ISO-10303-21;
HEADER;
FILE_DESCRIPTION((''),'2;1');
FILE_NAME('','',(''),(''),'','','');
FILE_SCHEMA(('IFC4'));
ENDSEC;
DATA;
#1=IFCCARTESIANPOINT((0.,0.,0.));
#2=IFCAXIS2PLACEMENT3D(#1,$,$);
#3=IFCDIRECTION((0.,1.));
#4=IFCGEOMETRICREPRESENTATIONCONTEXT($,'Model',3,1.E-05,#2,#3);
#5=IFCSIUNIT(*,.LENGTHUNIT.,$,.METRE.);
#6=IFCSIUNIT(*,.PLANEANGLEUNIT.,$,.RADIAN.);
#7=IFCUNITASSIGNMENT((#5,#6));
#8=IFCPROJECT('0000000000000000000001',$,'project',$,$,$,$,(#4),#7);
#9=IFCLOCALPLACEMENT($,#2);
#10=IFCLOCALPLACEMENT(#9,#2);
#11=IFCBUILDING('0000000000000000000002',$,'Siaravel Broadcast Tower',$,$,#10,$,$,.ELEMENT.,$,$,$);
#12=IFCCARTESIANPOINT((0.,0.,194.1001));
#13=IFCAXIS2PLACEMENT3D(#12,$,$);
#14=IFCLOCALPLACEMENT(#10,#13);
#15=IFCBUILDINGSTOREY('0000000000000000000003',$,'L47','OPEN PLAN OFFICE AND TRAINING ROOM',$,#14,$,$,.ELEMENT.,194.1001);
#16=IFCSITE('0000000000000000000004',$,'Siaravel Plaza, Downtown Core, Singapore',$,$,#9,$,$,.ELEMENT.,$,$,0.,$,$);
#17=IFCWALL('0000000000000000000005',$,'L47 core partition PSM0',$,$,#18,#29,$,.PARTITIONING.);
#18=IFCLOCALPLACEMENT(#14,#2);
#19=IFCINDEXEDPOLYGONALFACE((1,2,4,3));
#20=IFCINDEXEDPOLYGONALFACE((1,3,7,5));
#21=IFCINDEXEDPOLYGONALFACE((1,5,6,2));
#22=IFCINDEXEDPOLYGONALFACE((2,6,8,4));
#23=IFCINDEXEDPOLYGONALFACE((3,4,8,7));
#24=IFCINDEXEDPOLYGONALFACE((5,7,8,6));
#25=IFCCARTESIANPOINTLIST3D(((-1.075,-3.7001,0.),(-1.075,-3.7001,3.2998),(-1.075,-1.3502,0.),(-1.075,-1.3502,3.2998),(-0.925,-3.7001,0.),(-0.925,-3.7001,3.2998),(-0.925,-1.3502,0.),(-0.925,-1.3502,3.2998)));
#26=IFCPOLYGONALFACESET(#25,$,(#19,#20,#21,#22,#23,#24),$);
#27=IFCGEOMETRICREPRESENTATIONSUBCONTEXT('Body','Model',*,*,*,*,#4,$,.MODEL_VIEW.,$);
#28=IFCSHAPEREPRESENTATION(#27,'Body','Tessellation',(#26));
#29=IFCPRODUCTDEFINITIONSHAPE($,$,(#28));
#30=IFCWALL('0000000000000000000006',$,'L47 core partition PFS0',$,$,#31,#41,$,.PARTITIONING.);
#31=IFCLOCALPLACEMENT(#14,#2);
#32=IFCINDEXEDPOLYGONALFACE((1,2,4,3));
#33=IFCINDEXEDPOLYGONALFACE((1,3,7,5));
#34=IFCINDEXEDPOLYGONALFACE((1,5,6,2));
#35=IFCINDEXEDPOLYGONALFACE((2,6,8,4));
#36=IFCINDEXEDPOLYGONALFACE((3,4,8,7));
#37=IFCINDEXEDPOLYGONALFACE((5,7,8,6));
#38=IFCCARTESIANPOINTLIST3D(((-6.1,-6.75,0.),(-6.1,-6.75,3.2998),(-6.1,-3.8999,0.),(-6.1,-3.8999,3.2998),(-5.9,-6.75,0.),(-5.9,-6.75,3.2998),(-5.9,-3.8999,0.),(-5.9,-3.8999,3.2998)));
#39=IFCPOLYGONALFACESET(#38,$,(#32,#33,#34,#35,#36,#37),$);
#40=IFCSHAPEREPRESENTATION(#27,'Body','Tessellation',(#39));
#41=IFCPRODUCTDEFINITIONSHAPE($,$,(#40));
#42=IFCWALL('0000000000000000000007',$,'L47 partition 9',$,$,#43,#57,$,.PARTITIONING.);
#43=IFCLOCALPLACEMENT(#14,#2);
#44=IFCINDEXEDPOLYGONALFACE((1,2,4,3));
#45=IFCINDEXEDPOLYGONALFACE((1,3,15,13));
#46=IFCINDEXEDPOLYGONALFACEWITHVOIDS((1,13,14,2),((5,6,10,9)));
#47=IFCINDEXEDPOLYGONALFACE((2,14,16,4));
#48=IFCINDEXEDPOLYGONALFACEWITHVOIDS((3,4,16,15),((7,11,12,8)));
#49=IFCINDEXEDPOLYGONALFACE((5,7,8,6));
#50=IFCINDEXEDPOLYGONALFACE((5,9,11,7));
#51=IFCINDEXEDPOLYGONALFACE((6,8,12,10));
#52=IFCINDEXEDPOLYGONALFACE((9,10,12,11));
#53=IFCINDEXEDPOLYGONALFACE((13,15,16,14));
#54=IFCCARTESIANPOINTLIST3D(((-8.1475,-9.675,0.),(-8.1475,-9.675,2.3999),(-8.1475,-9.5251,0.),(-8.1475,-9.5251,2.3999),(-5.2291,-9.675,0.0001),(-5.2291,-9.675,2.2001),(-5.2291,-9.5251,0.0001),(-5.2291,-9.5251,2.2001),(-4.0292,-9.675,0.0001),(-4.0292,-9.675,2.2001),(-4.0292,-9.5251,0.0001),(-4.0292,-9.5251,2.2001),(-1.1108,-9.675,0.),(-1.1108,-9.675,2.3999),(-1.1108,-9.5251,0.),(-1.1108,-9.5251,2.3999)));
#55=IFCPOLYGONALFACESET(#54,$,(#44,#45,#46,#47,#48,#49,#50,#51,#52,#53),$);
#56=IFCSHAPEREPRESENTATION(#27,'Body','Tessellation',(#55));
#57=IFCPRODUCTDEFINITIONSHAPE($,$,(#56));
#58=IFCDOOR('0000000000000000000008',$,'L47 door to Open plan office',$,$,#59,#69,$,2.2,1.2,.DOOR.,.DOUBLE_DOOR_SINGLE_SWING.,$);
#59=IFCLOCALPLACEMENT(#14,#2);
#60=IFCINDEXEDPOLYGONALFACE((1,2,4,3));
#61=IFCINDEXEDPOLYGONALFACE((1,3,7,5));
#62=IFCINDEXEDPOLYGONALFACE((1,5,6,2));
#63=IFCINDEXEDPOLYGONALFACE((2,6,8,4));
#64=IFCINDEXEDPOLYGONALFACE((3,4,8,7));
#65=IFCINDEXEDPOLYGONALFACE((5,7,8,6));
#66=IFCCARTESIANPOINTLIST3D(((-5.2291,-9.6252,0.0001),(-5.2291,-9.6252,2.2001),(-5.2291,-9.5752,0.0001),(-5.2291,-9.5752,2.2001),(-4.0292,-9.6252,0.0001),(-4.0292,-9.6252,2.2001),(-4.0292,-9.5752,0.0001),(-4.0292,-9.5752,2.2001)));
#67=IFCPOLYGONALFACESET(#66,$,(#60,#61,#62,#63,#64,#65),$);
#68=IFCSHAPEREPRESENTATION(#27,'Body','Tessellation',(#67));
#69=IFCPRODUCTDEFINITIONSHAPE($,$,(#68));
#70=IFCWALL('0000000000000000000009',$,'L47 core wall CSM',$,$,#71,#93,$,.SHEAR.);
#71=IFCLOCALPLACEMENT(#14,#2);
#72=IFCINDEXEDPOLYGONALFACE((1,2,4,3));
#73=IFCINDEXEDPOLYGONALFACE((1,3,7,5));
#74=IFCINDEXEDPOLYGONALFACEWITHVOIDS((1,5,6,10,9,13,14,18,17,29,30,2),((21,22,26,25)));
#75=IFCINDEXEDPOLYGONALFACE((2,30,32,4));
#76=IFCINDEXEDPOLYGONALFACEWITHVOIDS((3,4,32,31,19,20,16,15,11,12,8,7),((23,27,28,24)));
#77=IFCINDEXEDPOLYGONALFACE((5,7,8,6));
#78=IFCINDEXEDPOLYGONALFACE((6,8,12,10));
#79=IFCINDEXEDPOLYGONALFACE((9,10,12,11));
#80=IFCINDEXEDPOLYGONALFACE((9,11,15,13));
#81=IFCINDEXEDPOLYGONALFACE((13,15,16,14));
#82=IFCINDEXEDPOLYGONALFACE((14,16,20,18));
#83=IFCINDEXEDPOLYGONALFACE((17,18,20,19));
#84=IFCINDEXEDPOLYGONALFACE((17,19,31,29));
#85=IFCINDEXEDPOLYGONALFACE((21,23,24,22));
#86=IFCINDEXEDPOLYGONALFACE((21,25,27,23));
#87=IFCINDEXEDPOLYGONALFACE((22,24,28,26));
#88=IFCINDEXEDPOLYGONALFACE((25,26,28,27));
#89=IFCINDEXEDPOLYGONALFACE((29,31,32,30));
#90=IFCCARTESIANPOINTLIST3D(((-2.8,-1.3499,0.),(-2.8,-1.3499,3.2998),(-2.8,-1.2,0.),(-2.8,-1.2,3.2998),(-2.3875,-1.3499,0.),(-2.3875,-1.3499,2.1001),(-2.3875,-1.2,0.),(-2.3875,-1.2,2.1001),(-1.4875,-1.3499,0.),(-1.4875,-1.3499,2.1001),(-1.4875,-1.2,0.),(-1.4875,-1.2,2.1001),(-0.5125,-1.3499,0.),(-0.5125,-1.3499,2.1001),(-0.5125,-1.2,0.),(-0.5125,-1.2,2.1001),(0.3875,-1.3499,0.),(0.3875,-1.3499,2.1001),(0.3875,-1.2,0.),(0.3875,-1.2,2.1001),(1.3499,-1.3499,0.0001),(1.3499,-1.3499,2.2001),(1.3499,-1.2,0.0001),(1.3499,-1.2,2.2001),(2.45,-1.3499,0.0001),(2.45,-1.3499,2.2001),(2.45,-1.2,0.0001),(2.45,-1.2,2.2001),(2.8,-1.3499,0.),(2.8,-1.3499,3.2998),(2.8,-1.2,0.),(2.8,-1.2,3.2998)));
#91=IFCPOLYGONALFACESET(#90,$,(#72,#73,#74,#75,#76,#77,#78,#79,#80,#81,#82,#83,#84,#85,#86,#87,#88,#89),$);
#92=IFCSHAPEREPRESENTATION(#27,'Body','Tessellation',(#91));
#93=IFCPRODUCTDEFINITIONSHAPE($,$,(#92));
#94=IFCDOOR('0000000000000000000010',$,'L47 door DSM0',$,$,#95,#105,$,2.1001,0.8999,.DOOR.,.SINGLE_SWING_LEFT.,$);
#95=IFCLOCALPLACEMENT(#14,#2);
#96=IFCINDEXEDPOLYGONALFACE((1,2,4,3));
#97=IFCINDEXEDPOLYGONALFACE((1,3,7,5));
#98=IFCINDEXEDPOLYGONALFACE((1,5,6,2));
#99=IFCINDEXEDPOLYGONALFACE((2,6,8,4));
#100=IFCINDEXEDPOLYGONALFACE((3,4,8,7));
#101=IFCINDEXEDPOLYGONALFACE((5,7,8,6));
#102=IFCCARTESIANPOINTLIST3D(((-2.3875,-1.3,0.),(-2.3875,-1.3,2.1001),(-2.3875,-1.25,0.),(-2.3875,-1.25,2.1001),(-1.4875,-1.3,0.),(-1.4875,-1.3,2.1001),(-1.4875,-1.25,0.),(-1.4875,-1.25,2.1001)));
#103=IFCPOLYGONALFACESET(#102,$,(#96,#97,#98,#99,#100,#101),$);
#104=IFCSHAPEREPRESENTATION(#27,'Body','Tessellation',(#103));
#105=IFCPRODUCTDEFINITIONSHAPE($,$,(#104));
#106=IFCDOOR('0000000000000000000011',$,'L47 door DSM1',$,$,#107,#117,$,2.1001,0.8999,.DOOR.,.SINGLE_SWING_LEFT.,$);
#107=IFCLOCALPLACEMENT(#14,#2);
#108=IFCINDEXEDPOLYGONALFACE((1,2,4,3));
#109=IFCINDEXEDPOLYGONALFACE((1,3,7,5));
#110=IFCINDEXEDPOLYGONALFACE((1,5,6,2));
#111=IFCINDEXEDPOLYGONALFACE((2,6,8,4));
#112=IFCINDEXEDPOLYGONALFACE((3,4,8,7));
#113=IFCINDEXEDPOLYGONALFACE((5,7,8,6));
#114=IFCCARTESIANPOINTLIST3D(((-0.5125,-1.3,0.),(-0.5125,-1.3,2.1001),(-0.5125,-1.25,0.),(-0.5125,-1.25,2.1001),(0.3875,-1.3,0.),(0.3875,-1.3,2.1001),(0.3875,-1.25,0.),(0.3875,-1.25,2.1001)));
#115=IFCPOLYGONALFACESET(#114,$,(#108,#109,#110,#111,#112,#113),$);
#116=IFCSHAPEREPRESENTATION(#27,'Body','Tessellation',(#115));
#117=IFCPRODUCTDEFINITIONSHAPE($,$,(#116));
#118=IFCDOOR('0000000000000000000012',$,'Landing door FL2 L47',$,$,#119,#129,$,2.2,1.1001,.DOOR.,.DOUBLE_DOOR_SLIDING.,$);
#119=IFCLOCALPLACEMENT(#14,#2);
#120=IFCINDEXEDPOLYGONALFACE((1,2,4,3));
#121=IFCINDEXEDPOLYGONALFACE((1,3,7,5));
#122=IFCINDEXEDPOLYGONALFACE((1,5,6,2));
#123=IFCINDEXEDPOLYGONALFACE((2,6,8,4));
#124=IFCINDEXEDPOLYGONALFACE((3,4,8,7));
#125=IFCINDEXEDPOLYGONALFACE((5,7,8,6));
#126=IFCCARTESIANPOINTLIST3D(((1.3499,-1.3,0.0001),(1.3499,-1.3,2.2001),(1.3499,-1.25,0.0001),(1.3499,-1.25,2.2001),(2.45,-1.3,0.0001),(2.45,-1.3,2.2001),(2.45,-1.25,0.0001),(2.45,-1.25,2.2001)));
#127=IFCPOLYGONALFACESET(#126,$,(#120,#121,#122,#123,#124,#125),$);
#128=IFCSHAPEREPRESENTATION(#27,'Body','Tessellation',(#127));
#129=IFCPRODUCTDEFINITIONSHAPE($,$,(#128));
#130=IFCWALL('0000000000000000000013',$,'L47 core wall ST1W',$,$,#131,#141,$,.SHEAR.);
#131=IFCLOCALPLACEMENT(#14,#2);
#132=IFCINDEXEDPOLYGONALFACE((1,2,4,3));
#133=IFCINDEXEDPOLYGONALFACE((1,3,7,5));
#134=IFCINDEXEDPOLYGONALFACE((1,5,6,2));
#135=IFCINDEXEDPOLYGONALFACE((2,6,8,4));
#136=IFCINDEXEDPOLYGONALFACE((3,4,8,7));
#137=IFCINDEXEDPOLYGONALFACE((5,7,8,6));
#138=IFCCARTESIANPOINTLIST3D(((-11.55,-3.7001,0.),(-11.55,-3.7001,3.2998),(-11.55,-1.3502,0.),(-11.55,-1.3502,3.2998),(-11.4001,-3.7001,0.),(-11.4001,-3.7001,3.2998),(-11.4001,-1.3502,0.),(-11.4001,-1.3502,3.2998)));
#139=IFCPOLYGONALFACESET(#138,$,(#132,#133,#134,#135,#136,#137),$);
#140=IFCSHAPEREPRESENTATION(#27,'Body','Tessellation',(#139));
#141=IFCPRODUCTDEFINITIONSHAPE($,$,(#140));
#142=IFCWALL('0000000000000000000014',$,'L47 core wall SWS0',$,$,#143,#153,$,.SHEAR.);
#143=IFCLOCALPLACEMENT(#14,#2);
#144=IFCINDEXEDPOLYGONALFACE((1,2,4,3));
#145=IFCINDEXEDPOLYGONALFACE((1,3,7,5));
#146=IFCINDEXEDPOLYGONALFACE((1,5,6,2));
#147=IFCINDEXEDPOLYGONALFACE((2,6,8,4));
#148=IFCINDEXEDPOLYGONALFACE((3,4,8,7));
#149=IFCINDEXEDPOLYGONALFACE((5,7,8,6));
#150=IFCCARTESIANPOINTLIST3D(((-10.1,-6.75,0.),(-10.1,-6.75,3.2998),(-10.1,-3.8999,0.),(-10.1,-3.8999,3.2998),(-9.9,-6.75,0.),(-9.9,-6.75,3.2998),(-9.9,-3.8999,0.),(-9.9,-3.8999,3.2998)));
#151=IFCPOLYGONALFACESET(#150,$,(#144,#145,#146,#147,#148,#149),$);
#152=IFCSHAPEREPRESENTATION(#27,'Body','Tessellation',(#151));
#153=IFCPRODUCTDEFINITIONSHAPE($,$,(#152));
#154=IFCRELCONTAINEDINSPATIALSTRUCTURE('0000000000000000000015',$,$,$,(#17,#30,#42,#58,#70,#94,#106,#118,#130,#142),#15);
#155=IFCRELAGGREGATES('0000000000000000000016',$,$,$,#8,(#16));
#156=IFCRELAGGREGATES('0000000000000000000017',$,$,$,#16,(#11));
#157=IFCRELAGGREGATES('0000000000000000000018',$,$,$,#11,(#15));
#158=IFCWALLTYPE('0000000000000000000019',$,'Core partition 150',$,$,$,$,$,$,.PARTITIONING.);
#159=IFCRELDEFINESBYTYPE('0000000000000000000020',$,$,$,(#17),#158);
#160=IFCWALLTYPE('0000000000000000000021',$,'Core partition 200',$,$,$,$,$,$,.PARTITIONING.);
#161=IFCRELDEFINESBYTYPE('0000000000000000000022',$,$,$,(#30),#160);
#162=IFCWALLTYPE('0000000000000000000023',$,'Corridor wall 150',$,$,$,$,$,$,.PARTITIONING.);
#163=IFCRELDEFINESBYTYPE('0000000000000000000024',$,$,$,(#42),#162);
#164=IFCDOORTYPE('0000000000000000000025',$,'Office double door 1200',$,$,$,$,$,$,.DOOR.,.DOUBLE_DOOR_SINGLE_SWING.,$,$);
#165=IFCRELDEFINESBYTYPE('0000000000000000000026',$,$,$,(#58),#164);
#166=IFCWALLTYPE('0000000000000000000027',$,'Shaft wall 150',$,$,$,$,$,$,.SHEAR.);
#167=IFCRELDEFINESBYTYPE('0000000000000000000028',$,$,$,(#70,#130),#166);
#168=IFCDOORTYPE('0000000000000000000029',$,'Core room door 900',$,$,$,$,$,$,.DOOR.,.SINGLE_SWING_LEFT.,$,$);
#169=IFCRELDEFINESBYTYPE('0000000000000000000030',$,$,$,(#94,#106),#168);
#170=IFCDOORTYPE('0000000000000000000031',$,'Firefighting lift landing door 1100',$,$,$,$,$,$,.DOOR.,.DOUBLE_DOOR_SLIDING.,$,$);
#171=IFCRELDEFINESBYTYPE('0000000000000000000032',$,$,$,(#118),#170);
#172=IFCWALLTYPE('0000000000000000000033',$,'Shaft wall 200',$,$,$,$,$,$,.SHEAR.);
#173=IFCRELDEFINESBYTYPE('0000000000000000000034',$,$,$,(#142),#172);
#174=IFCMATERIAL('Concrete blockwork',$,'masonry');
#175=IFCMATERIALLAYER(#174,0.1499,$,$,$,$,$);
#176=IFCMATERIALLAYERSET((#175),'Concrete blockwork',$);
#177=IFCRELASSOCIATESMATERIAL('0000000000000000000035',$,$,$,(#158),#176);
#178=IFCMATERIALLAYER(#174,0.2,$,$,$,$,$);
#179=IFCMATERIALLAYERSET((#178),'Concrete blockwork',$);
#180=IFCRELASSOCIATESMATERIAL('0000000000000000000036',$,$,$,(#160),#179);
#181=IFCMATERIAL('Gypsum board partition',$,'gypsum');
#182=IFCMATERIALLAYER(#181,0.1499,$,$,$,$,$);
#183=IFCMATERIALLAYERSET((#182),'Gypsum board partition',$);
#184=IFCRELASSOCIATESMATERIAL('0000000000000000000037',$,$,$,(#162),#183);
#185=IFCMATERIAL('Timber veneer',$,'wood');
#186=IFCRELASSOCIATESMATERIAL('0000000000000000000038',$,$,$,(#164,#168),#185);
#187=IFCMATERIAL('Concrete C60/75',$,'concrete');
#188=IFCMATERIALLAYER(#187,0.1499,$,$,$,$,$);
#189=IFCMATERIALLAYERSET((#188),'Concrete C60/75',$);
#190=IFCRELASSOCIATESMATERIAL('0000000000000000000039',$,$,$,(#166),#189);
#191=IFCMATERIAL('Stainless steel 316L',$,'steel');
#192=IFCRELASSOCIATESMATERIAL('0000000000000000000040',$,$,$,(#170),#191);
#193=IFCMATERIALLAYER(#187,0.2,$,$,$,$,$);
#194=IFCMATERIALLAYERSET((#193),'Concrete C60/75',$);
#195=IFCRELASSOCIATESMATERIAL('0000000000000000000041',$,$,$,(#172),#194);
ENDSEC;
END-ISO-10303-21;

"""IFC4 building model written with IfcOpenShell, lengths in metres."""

from ifc_helpers import new_model, si_unit, direction, frame, frame_2d, origin, place, context, subcontext, project, spatial, rectangle, extrude, material, layer, layer_set, type_object, element, fill, save


model = new_model("IFC4")

# Units and contexts
model_context = context("Model", 3, precision=1e-05, world=origin(), true_north=direction((0.0, 1.0)))
body_context = subcontext(model_context, "Body", "Model", "MODEL_VIEW")
ifc_project = project(units=[si_unit("LENGTHUNIT", "METRE"), si_unit("PLANEANGLEUNIT", "RADIAN")], contexts=[model_context])

# Site, building, storey
site_placement = place(None, origin())
site = spatial("IfcSite", under=ifc_project, at=site_placement, Name="Siaravel Plaza, Downtown Core, Singapore", CompositionType="ELEMENT", RefElevation=0.0)
building_placement = place(site_placement, origin())
building = spatial("IfcBuilding", under=site, at=building_placement, Name="Siaravel Broadcast Tower", CompositionType="ELEMENT")
storey_placement = place(building_placement, frame((0.0, 0.0, 194.1001)))
storey = spatial("IfcBuildingStorey", under=building, at=storey_placement, Name="L47", Description="OPEN PLAN OFFICE AND TRAINING ROOM", CompositionType="ELEMENT", Elevation=194.1001)

# Walls
ifc_material_1 = material(Name="Concrete blockwork", Category="masonry")
ifc_layer_1 = layer(ifc_material_1, 0.1499)
ifc_layer_set_1 = layer_set([ifc_layer_1], Name="Concrete blockwork")
wall_type_1 = type_object("IfcWallType", Name="Core partition 150", PredefinedType="PARTITIONING", material=ifc_layer_set_1)
wall_1_placement = place(storey_placement, frame((-1.0, -3.7, 0.0), z_axis=(0.0, 0.0, 1.0), x_axis=(0.0, 1.0, 0.0)))
element("IfcWall", 1, at=wall_1_placement, inside=storey, type_object=wall_type_1, Name="L47 core partition PSM0", PredefinedType="PARTITIONING", context=body_context, shape_type="SweptSolid", body=[
    extrude(rectangle(XDim=2.3499, YDim=0.1499, at=frame_2d((1.1748, 0.0))), origin(), (0.0, 0.0, 1.0), 3.2998),
])
ifc_layer_2 = layer(ifc_material_1, 0.2)
ifc_layer_set_2 = layer_set([ifc_layer_2], Name="Concrete blockwork")
wall_type_2 = type_object("IfcWallType", Name="Core partition 200", PredefinedType="PARTITIONING", material=ifc_layer_set_2)
wall_2_placement = place(storey_placement, frame((-6.0, -6.75, 0.0), z_axis=(0.0, 0.0, 1.0), x_axis=(0.0, 1.0, 0.0)))
element("IfcWall", 2, at=wall_2_placement, inside=storey, type_object=wall_type_2, Name="L47 core partition PFS0", PredefinedType="PARTITIONING", context=body_context, shape_type="SweptSolid", body=[
    extrude(rectangle(XDim=2.8501, YDim=0.2, at=frame_2d((1.425, 0.0))), origin(), (0.0, 0.0, 1.0), 3.2998),
])

# Wall, opening, door
ifc_material_2 = material(Name="Gypsum board partition", Category="gypsum")
ifc_layer_3 = layer(ifc_material_2, 0.1499)
ifc_layer_set_3 = layer_set([ifc_layer_3], Name="Gypsum board partition")
wall_type_3 = type_object("IfcWallType", Name="Corridor wall 150", PredefinedType="PARTITIONING", material=ifc_layer_set_3)
wall_3_placement = place(storey_placement, frame((-8.1475, -9.6001, 0.0), z_axis=(0.0, 0.0, 1.0), x_axis=(1.0, 0.0, 0.0)))
wall_3 = element("IfcWall", 3, at=wall_3_placement, inside=storey, type_object=wall_type_3, Name="L47 partition 9", PredefinedType="PARTITIONING", context=body_context, shape_type="SweptSolid", body=[
    extrude(rectangle(XDim=7.0366, YDim=0.1499, at=frame_2d((3.5183, 0.0))), origin(), (0.0, 0.0, 1.0), 2.3999),
])
opening_1_placement = place(wall_3_placement, frame((2.9182, 0.0, 0.0)))
opening_1 = element("IfcOpeningElement", 4, at=opening_1_placement, cuts=wall_3, PredefinedType="OPENING", context=body_context, shape_type="SweptSolid", body=[
    extrude(rectangle(XDim=1.2, YDim=2.2, at=frame_2d((0.6001, 1.1001))), frame((0.0, 0.085, 0.0), z_axis=(0.0, -1.0, 0.0), x_axis=(1.0, 0.0, 0.0)), (0.0, 0.0, 1.0), 0.1699),
])
ifc_material_3 = material(Name="Timber veneer", Category="wood")
door_type_1 = type_object("IfcDoorType", Name="Office double door 1200", OperationType="DOUBLE_DOOR_SINGLE_SWING", PredefinedType="DOOR", material=ifc_material_3)
door_1_placement = place(opening_1_placement, origin())
door_1 = element("IfcDoor", 5, at=door_1_placement, inside=storey, type_object=door_type_1, Name="L47 door to Open plan office", OperationType="DOUBLE_DOOR_SINGLE_SWING", OverallHeight=2.2, OverallWidth=1.2, PredefinedType="DOOR", context=body_context, shape_type="SweptSolid", body=[
    extrude(rectangle(XDim=1.2, YDim=2.2, at=frame_2d((0.6001, 1.1001))), frame((0.0, 0.0249, 0.0), z_axis=(0.0, -1.0, 0.0), x_axis=(1.0, 0.0, 0.0)), (0.0, 0.0, 1.0), 0.05),
])
fill(opening_1, door_1)

# Wall, openings, doors
ifc_material_4 = material(Name="Concrete C60/75", Category="concrete")
ifc_layer_4 = layer(ifc_material_4, 0.1499)
ifc_layer_set_4 = layer_set([ifc_layer_4], Name="Concrete C60/75")
wall_type_4 = type_object("IfcWallType", Name="Shaft wall 150", PredefinedType="SHEAR", material=ifc_layer_set_4)
wall_4_placement = place(storey_placement, frame((-2.8, -1.2749, 0.0), z_axis=(0.0, 0.0, 1.0), x_axis=(1.0, 0.0, 0.0)))
wall_4 = element("IfcWall", 6, at=wall_4_placement, inside=storey, type_object=wall_type_4, Name="L47 core wall CSM", PredefinedType="SHEAR", context=body_context, shape_type="SweptSolid", body=[
    extrude(rectangle(XDim=5.6001, YDim=0.1499, at=frame_2d((2.8, 0.0))), origin(), (0.0, 0.0, 1.0), 3.2998),
])
opening_2_placement = place(wall_4_placement, frame((4.1499, 0.0, 0.0)))
opening_2 = element("IfcOpeningElement", 7, at=opening_2_placement, cuts=wall_4, PredefinedType="OPENING", context=body_context, shape_type="SweptSolid", body=[
    extrude(rectangle(XDim=1.1001, YDim=2.2, at=frame_2d((0.55, 1.1001))), frame((0.0, 0.085, 0.0), z_axis=(0.0, -1.0, 0.0), x_axis=(1.0, 0.0, 0.0)), (0.0, 0.0, 1.0), 0.1699),
])
opening_3_placement = place(wall_4_placement, frame((0.4126, 0.0, 0.0)))
opening_3 = element("IfcOpeningElement", 8, at=opening_3_placement, cuts=wall_4, PredefinedType="OPENING", context=body_context, shape_type="SweptSolid", body=[
    extrude(rectangle(XDim=0.8999, YDim=2.1001, at=frame_2d((0.45, 1.05))), frame((0.0, 0.085, 0.0), z_axis=(0.0, -1.0, 0.0), x_axis=(1.0, 0.0, 0.0)), (0.0, 0.0, 1.0), 0.1699),
])
opening_4_placement = place(wall_4_placement, frame((2.2876, 0.0, 0.0)))
opening_4 = element("IfcOpeningElement", 9, at=opening_4_placement, cuts=wall_4, PredefinedType="OPENING", context=body_context, shape_type="SweptSolid", body=[
    extrude(rectangle(XDim=0.8999, YDim=2.1001, at=frame_2d((0.45, 1.05))), frame((0.0, 0.085, 0.0), z_axis=(0.0, -1.0, 0.0), x_axis=(1.0, 0.0, 0.0)), (0.0, 0.0, 1.0), 0.1699),
])
door_type_2 = type_object("IfcDoorType", Name="Core room door 900", OperationType="SINGLE_SWING_LEFT", PredefinedType="DOOR", material=ifc_material_3)
door_2_placement = place(opening_3_placement, origin())
door_2 = element("IfcDoor", 10, at=door_2_placement, inside=storey, type_object=door_type_2, Name="L47 door DSM0", OperationType="SINGLE_SWING_LEFT", OverallHeight=2.1001, OverallWidth=0.8999, PredefinedType="DOOR", context=body_context, shape_type="SweptSolid", body=[
    extrude(rectangle(XDim=0.8999, YDim=2.1001, at=frame_2d((0.45, 1.05))), frame((0.0, 0.0249, 0.0), z_axis=(0.0, -1.0, 0.0), x_axis=(1.0, 0.0, 0.0)), (0.0, 0.0, 1.0), 0.05),
])
fill(opening_3, door_2)
door_3_placement = place(opening_4_placement, origin())
door_3 = element("IfcDoor", 11, at=door_3_placement, inside=storey, type_object=door_type_2, Name="L47 door DSM1", OperationType="SINGLE_SWING_LEFT", OverallHeight=2.1001, OverallWidth=0.8999, PredefinedType="DOOR", context=body_context, shape_type="SweptSolid", body=[
    extrude(rectangle(XDim=0.8999, YDim=2.1001, at=frame_2d((0.45, 1.05))), frame((0.0, 0.0249, 0.0), z_axis=(0.0, -1.0, 0.0), x_axis=(1.0, 0.0, 0.0)), (0.0, 0.0, 1.0), 0.05),
])
fill(opening_4, door_3)
ifc_material_5 = material(Name="Stainless steel 316L", Category="steel")
door_type_3 = type_object("IfcDoorType", Name="Firefighting lift landing door 1100", OperationType="DOUBLE_DOOR_SLIDING", PredefinedType="DOOR", material=ifc_material_5)
door_4_placement = place(opening_2_placement, origin())
door_4 = element("IfcDoor", 12, at=door_4_placement, inside=storey, type_object=door_type_3, Name="Landing door FL2 L47", OperationType="DOUBLE_DOOR_SLIDING", OverallHeight=2.2, OverallWidth=1.1001, PredefinedType="DOOR", context=body_context, shape_type="SweptSolid", body=[
    extrude(rectangle(XDim=1.1001, YDim=2.2, at=frame_2d((0.55, 1.1001))), frame((0.0, 0.0249, 0.0), z_axis=(0.0, -1.0, 0.0), x_axis=(1.0, 0.0, 0.0)), (0.0, 0.0, 1.0), 0.05),
])
fill(opening_2, door_4)

# Walls
wall_5_placement = place(storey_placement, frame((-11.4751, -3.7, 0.0), z_axis=(0.0, 0.0, 1.0), x_axis=(0.0, 1.0, 0.0)))
element("IfcWall", 13, at=wall_5_placement, inside=storey, type_object=wall_type_4, Name="L47 core wall ST1W", PredefinedType="SHEAR", context=body_context, shape_type="SweptSolid", body=[
    extrude(rectangle(XDim=2.3499, YDim=0.1499, at=frame_2d((1.1748, 0.0))), origin(), (0.0, 0.0, 1.0), 3.2998),
])
ifc_layer_5 = layer(ifc_material_4, 0.2)
ifc_layer_set_5 = layer_set([ifc_layer_5], Name="Concrete C60/75")
wall_type_5 = type_object("IfcWallType", Name="Shaft wall 200", PredefinedType="SHEAR", material=ifc_layer_set_5)
wall_6_placement = place(storey_placement, frame((-10.0, -6.75, 0.0), z_axis=(0.0, 0.0, 1.0), x_axis=(0.0, 1.0, 0.0)))
element("IfcWall", 14, at=wall_6_placement, inside=storey, type_object=wall_type_5, Name="L47 core wall SWS0", PredefinedType="SHEAR", context=body_context, shape_type="SweptSolid", body=[
    extrude(rectangle(XDim=2.8501, YDim=0.2, at=frame_2d((1.425, 0.0))), origin(), (0.0, 0.0, 1.0), 3.2998),
])

save(model, "model.ifc")
